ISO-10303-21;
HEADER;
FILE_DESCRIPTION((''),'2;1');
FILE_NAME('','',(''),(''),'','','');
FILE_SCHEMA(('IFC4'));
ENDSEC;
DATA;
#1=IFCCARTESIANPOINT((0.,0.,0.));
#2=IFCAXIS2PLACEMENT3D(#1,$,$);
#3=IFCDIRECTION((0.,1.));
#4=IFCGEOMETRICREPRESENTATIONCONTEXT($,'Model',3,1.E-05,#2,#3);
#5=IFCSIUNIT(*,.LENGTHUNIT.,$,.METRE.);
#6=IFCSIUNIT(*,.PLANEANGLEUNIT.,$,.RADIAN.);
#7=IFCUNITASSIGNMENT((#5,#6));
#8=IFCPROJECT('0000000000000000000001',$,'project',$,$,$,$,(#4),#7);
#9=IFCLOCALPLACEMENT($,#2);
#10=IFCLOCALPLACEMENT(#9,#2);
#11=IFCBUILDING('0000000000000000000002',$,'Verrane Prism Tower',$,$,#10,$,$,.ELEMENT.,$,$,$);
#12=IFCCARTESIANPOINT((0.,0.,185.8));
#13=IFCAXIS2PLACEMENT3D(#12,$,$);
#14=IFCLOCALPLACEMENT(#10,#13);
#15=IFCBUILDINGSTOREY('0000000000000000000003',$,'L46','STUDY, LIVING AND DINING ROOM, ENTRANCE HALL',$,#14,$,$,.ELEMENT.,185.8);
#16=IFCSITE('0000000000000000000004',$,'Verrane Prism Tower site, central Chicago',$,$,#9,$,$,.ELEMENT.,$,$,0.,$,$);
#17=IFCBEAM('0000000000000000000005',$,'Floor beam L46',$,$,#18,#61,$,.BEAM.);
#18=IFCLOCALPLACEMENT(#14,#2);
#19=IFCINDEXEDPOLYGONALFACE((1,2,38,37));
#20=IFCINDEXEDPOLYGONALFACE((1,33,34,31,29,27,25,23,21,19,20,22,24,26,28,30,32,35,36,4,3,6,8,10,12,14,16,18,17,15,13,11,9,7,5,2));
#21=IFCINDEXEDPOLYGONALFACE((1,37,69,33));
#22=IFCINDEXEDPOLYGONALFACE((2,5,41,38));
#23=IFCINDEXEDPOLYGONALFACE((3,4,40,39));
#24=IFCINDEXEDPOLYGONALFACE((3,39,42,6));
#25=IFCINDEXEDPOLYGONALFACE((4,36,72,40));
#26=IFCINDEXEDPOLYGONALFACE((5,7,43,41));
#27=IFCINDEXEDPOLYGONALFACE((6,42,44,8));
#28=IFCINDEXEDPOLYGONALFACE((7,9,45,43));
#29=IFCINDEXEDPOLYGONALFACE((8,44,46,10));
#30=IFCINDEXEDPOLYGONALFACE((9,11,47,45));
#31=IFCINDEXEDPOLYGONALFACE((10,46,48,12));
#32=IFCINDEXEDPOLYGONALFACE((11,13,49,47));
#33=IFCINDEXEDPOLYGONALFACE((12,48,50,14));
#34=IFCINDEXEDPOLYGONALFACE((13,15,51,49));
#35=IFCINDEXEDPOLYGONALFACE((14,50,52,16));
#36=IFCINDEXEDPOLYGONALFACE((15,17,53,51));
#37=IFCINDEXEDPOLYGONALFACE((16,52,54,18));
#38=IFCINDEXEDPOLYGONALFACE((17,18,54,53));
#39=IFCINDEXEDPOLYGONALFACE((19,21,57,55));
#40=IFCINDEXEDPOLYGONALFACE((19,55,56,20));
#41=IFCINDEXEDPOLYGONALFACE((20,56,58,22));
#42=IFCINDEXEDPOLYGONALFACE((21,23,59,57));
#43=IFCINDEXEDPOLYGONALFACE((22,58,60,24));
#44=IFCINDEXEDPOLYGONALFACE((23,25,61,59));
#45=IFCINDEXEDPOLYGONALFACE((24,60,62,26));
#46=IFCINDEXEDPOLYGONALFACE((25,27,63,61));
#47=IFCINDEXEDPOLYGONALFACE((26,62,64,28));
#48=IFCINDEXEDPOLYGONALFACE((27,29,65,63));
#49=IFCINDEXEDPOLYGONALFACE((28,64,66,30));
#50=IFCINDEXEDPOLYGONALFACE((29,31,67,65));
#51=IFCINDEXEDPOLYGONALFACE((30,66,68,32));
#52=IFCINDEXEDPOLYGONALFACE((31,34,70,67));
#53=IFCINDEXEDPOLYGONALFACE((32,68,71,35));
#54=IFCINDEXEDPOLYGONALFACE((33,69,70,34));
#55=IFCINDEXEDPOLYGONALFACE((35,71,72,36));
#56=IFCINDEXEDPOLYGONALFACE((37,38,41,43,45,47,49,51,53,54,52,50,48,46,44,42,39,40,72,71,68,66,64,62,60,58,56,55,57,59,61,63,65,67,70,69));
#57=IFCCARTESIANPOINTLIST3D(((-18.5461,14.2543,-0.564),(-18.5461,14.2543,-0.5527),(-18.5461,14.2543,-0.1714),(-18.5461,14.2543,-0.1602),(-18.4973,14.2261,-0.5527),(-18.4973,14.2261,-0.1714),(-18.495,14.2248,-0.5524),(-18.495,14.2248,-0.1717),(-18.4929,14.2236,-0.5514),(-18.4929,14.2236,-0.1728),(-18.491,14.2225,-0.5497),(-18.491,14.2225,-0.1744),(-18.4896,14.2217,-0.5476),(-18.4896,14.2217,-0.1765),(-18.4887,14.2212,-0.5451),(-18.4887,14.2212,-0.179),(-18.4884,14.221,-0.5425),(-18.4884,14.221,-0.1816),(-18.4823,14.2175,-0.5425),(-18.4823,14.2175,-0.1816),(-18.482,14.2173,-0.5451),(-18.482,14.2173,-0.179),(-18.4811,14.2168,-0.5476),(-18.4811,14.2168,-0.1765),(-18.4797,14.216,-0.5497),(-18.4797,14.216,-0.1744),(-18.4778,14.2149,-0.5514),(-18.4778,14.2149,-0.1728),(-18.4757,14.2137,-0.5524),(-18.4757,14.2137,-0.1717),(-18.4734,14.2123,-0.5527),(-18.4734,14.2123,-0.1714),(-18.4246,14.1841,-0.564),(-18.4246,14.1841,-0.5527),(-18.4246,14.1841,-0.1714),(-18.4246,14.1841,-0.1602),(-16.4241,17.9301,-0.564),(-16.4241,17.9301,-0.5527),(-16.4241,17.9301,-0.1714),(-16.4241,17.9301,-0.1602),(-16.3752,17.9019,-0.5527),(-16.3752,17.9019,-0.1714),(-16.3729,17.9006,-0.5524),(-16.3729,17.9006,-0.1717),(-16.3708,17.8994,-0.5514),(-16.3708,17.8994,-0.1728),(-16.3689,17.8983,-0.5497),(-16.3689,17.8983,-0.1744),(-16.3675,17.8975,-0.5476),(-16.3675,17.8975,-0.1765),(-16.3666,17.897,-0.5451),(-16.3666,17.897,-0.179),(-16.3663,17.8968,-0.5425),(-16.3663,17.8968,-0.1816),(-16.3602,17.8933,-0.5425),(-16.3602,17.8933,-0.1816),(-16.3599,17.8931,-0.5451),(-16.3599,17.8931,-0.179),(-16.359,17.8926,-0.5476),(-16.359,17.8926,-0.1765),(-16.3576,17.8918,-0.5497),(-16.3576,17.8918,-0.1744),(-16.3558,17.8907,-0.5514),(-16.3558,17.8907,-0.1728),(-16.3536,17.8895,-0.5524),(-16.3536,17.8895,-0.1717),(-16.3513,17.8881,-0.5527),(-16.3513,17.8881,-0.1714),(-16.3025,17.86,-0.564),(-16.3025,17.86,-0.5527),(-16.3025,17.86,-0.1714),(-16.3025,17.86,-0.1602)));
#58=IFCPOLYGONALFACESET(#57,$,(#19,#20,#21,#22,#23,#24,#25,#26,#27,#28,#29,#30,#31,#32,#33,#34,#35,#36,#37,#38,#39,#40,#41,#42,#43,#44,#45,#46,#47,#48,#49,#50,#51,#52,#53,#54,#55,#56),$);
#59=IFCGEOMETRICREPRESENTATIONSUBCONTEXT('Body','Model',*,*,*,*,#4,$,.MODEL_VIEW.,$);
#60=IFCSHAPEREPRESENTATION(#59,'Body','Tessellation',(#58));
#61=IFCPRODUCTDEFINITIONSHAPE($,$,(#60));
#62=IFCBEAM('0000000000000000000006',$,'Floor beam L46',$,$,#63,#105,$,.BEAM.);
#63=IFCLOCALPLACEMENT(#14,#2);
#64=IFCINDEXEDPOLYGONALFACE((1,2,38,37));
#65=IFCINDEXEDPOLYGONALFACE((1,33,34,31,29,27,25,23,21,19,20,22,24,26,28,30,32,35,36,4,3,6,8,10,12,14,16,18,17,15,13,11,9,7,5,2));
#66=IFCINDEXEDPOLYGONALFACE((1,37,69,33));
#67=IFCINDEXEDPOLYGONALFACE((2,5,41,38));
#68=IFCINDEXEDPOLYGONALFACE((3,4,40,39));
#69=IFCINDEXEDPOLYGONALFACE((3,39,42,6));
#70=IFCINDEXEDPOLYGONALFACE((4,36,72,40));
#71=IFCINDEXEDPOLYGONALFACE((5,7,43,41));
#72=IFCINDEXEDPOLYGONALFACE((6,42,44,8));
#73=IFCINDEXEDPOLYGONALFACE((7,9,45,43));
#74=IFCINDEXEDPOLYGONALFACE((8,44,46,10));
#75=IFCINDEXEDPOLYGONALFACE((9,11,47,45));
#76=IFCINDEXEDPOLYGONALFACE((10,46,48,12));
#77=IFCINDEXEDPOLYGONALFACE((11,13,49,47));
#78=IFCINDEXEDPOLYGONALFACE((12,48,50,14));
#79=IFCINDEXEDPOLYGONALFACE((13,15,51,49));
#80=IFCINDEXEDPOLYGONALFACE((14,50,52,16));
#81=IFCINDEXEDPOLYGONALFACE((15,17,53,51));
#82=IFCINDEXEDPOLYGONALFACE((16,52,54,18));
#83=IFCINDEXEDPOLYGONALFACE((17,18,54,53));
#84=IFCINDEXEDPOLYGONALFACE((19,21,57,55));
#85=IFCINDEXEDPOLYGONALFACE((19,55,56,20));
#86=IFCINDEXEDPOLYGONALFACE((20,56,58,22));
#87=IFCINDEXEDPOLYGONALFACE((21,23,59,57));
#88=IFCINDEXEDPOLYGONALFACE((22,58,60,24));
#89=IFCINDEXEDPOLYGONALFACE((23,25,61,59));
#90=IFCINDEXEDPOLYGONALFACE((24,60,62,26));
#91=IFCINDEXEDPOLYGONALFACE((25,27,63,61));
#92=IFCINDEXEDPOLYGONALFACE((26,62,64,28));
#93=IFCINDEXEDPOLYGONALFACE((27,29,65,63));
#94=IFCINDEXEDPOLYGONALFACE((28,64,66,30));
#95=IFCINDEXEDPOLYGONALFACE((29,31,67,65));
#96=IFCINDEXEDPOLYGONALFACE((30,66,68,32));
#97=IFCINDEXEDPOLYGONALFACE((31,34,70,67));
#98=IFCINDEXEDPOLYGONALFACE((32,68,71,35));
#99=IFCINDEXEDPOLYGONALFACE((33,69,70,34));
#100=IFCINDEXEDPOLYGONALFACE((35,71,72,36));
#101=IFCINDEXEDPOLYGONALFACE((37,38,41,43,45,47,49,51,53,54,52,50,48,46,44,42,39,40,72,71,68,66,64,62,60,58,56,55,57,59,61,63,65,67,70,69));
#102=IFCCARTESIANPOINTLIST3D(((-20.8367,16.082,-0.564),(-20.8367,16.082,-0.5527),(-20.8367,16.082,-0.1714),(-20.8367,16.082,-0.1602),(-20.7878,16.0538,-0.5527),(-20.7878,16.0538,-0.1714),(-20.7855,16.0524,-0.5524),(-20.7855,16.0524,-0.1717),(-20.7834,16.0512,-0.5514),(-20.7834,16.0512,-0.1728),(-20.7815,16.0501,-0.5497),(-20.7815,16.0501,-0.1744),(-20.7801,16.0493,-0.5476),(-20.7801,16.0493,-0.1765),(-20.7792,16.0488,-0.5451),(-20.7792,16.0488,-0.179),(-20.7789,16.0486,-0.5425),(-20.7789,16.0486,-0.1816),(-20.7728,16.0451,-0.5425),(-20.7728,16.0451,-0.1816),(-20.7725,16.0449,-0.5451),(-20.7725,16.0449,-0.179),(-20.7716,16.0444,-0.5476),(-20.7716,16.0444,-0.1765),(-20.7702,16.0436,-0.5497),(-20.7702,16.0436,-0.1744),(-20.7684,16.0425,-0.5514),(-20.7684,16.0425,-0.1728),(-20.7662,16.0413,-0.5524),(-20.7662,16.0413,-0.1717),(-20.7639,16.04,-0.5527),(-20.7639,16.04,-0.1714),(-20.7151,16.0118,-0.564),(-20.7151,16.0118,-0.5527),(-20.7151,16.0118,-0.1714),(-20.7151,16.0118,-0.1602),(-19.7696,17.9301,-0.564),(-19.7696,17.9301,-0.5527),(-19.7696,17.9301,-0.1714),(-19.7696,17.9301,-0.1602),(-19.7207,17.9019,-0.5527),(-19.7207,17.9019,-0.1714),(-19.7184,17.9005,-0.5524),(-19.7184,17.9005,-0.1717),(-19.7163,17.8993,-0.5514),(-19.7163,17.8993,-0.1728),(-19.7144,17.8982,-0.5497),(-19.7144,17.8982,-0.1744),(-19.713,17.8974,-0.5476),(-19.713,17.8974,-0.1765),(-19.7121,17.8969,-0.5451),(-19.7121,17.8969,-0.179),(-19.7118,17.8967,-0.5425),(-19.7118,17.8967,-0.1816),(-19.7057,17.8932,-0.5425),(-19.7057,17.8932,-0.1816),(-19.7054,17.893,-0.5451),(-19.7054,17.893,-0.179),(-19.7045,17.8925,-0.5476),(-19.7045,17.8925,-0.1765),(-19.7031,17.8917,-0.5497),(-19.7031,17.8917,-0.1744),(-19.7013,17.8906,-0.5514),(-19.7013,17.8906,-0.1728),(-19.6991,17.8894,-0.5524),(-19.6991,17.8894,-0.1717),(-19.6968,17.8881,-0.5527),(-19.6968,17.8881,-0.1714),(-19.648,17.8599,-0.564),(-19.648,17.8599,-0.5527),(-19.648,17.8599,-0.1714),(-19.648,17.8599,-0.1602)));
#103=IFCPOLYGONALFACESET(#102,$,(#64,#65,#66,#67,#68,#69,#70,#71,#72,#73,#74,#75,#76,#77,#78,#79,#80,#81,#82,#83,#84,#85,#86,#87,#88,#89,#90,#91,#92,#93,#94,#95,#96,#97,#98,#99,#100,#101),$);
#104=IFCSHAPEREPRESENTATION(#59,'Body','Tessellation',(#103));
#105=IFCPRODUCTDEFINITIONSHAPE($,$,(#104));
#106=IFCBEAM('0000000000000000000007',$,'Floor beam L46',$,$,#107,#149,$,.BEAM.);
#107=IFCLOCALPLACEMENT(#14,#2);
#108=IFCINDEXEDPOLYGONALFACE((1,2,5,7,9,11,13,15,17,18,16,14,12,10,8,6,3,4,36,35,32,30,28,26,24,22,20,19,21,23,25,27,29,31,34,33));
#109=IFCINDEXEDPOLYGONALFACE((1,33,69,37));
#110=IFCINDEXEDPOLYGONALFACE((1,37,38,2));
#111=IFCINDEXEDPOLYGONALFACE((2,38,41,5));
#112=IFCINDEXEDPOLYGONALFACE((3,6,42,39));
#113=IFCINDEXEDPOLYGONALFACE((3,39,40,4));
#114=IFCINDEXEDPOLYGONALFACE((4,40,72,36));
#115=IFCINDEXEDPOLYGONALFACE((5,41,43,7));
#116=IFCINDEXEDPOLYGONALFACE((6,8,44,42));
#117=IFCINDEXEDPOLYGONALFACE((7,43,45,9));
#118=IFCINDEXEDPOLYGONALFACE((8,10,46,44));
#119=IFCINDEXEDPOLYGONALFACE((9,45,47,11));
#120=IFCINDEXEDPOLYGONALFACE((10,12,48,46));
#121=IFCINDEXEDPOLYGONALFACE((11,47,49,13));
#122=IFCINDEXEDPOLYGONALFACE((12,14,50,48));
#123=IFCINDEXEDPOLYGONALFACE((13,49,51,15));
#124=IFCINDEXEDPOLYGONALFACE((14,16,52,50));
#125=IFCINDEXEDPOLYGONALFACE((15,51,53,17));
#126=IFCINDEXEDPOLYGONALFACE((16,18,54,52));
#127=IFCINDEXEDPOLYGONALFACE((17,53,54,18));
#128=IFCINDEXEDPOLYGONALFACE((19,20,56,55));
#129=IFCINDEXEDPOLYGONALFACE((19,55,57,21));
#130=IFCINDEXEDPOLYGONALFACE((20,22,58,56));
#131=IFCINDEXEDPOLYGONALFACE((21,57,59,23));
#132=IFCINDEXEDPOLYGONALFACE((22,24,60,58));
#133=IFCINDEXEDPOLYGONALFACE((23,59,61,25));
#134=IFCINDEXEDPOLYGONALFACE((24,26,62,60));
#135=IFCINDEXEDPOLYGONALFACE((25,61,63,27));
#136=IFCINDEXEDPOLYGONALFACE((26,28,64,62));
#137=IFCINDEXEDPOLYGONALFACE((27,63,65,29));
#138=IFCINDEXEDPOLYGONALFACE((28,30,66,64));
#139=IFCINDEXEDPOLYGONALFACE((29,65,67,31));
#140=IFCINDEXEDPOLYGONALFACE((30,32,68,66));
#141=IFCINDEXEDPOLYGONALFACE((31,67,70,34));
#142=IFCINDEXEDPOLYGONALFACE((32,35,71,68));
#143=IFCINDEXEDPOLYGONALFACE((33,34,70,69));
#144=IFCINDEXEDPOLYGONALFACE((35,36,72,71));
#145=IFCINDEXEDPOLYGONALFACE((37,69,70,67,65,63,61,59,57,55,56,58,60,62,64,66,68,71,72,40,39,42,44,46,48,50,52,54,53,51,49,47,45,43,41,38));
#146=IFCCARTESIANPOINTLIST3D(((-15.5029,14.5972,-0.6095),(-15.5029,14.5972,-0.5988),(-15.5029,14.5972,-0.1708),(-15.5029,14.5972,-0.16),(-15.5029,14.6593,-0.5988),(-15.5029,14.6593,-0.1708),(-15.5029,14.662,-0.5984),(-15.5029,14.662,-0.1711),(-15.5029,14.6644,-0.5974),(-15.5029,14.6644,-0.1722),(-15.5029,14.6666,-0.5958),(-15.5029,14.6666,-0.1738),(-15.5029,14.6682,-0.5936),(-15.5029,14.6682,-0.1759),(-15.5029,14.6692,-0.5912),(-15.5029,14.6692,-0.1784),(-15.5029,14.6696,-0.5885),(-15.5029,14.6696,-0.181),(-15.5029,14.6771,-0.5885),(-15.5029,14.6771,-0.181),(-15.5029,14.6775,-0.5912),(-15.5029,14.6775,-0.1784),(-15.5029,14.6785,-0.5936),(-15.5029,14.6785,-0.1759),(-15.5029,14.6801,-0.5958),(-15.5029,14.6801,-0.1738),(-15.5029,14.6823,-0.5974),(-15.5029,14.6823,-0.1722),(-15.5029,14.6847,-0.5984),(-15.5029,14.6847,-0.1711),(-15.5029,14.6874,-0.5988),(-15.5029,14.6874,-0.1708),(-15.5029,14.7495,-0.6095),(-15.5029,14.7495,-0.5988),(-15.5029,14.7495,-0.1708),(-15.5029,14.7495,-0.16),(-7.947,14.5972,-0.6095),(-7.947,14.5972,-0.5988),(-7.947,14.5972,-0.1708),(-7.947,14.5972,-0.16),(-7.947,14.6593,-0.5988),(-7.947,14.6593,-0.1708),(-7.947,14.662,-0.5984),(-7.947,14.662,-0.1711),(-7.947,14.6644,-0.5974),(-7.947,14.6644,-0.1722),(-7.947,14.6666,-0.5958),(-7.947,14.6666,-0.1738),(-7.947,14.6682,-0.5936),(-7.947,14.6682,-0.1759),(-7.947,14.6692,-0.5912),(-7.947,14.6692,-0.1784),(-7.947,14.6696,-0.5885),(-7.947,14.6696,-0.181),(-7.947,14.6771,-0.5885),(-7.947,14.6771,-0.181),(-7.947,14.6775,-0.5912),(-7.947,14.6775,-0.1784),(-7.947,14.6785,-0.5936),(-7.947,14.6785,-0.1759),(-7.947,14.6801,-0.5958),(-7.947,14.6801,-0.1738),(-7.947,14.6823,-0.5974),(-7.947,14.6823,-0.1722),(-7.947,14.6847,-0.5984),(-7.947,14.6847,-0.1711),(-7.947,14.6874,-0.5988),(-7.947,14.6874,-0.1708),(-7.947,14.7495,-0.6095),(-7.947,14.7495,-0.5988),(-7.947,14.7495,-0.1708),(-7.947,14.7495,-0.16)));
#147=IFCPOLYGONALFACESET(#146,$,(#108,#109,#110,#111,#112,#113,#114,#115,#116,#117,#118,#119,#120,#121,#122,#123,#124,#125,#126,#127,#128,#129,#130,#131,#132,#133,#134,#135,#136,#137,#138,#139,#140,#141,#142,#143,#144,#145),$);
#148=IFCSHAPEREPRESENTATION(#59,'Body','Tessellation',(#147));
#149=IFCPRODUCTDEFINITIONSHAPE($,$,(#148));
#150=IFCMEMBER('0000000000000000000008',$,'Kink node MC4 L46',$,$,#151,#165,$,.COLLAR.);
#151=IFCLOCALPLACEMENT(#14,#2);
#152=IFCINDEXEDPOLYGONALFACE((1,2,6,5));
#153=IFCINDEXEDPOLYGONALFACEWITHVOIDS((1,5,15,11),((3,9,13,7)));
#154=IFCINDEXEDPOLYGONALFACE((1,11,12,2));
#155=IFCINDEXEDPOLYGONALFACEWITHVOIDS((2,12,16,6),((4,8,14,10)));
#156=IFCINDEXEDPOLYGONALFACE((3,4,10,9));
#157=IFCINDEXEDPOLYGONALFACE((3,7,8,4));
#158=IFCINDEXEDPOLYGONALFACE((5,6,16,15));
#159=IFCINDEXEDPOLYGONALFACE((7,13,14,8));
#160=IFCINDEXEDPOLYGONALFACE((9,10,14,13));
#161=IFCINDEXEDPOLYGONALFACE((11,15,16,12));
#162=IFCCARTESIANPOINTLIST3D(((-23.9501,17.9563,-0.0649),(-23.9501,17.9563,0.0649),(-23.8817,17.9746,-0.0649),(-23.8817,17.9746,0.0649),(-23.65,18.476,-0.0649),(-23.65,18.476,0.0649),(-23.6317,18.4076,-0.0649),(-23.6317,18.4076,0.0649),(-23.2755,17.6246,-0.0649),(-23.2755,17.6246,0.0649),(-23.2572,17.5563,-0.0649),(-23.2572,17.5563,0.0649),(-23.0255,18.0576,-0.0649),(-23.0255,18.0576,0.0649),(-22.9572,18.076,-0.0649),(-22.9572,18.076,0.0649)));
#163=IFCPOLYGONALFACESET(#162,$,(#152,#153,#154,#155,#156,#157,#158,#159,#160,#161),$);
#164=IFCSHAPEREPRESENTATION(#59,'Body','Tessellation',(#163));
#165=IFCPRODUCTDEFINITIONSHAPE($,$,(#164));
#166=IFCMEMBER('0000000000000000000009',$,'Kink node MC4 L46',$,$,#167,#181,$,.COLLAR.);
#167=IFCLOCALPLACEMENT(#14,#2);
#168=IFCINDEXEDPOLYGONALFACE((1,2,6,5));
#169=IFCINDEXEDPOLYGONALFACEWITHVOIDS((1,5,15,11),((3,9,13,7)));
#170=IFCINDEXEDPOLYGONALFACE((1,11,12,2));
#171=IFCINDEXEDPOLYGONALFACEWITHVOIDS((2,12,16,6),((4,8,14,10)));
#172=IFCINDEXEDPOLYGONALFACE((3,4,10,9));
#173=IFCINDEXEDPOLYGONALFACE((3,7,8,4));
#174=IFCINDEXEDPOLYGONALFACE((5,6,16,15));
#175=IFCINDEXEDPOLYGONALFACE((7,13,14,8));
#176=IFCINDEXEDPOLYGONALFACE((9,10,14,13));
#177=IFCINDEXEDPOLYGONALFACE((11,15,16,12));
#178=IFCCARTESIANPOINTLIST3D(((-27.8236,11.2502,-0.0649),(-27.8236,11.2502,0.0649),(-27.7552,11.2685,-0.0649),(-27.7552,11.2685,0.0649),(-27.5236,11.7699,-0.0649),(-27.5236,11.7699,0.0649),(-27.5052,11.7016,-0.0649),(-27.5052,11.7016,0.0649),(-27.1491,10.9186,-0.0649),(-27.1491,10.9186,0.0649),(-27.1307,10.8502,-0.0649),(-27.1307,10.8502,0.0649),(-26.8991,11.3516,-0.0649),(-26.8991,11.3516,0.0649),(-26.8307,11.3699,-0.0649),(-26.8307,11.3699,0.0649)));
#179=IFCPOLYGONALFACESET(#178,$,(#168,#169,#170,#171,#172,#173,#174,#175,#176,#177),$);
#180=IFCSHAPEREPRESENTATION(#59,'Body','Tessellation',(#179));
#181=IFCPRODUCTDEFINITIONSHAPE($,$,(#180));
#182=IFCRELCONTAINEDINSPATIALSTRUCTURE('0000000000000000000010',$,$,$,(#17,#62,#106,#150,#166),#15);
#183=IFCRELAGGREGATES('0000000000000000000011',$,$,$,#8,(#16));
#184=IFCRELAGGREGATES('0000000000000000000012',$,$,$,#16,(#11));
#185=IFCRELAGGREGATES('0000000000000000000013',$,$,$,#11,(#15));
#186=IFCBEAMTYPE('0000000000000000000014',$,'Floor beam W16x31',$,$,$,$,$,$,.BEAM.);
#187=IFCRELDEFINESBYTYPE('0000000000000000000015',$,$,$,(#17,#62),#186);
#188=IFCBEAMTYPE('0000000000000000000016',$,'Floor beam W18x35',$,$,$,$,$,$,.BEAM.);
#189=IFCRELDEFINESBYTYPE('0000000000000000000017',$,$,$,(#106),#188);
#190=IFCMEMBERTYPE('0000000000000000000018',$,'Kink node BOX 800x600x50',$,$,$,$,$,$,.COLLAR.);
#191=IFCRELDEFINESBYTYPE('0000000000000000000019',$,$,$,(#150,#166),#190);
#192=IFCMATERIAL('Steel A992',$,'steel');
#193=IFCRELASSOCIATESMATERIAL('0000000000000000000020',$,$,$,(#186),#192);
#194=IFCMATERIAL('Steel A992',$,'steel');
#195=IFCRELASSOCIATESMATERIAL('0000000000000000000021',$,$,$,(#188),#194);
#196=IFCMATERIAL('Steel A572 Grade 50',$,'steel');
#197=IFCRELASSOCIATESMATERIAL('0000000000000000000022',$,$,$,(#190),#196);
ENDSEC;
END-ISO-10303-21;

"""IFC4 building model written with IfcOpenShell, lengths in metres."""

from ifc_helpers import new_model, si_unit, direction, frame, origin, origin_2d, place, context, subcontext, project, spatial, hollow_rectangle, i_section, extrude, material, material_profile, profile_set, type_object, element, save


model = new_model("IFC4")

# Units and contexts
model_context = context("Model", 3, precision=1e-05, world=origin(), true_north=direction((0.0, 1.0)))
body_context = subcontext(model_context, "Body", "Model", "MODEL_VIEW")
ifc_project = project(units=[si_unit("LENGTHUNIT", "METRE"), si_unit("PLANEANGLEUNIT", "RADIAN")], contexts=[model_context])

# Site, building, storey
site_placement = place(None, origin())
site = spatial("IfcSite", under=ifc_project, at=site_placement, Name="Verrane Prism Tower site, central Chicago", CompositionType="ELEMENT", RefElevation=0.0)
building_placement = place(site_placement, origin())
building = spatial("IfcBuilding", under=site, at=building_placement, Name="Verrane Prism Tower", CompositionType="ELEMENT")
storey_placement = place(building_placement, frame((0.0, 0.0, 185.8)))
storey = spatial("IfcBuildingStorey", under=building, at=storey_placement, Name="L46", Description="STUDY, LIVING AND DINING ROOM, ENTRANCE HALL", CompositionType="ELEMENT", Elevation=185.8)

# Beams
ifc_material_1 = material(Name="Steel A992", Category="steel")
ifc_material_profile_1 = material_profile(ifc_material_1, i_section(OverallWidth=0.1404, OverallDepth=0.4038, WebThickness=0.0071, FlangeThickness=0.0112, FilletRadius=0.0103, at=origin_2d()), Name="W16x31")
ifc_profile_set_1 = profile_set([ifc_material_profile_1], Name="Steel A992")
beam_type_1 = type_object("IfcBeamType", Name="Floor beam W16x31", PredefinedType="BEAM", material=ifc_profile_set_1)
beam_1_placement = place(storey_placement, frame((-18.4854, 14.2192, -0.3621), z_axis=(0.499975, 0.86604, 0.0), x_axis=(-0.86604, 0.499975, 0.0)))
element("IfcBeam", 1, at=beam_1_placement, inside=storey, type_object=beam_type_1, Name="Floor beam L46", PredefinedType="BEAM", context=body_context, shape_type="SweptSolid", body=[
    extrude(i_section(OverallWidth=0.1404, OverallDepth=0.4038, WebThickness=0.0071, FlangeThickness=0.0112, FilletRadius=0.0103, at=origin_2d()), origin(), (0.0, 0.0, 1.0), 4.2444),
])
beam_2_placement = place(storey_placement, frame((-20.7759, 16.0469, -0.3621), z_axis=(0.500039, 0.866003, 0.0), x_axis=(-0.866003, 0.500039, 0.0)))
element("IfcBeam", 2, at=beam_2_placement, inside=storey, type_object=beam_type_1, Name="Floor beam L46", PredefinedType="BEAM", context=body_context, shape_type="SweptSolid", body=[
    extrude(i_section(OverallWidth=0.1404, OverallDepth=0.4038, WebThickness=0.0071, FlangeThickness=0.0112, FilletRadius=0.0103, at=origin_2d()), origin(), (0.0, 0.0, 1.0), 2.134),
])
ifc_material_2 = material(Name="Steel A992", Category="steel")
ifc_material_profile_2 = material_profile(ifc_material_2, i_section(OverallWidth=0.1523, OverallDepth=0.4495, WebThickness=0.0076, FlangeThickness=0.0107, FilletRadius=0.0103, at=origin_2d()), Name="W18x35")
ifc_profile_set_2 = profile_set([ifc_material_profile_2], Name="Steel A992")
beam_type_2 = type_object("IfcBeamType", Name="Floor beam W18x35", PredefinedType="BEAM", material=ifc_profile_set_2)
beam_3_placement = place(storey_placement, frame((-15.5029, 14.6733, -0.3848), z_axis=(1.0, 0.0, 0.0), x_axis=(0.0, 1.0, 0.0)))
element("IfcBeam", 3, at=beam_3_placement, inside=storey, type_object=beam_type_2, Name="Floor beam L46", PredefinedType="BEAM", context=body_context, shape_type="SweptSolid", body=[
    extrude(i_section(OverallWidth=0.1523, OverallDepth=0.4495, WebThickness=0.0076, FlangeThickness=0.0107, FilletRadius=0.0103, at=origin_2d()), origin(), (0.0, 0.0, 1.0), 7.5559),
])

# Members
ifc_material_3 = material(Name="Steel A572 Grade 50", Category="steel")
ifc_material_profile_3 = material_profile(ifc_material_3, hollow_rectangle(XDim=0.6001, YDim=0.8, WallThickness=0.05, at=origin_2d()), Name="BOX 800x600x50")
ifc_profile_set_3 = profile_set([ifc_material_profile_3], Name="Steel A572 Grade 50")
member_type_1 = type_object("IfcMemberType", Name="Kink node BOX 800x600x50", PredefinedType="COLLAR", material=ifc_profile_set_3)
for number, where, z_axis, x_axis, name in (
    (4, (-23.4536, 18.0161, -0.0649), (0.0, 0.0, 1.0), (0.5, 0.866025, 0.0), "Kink node MC4 L46"),
    (5, (-27.3271, 11.3101, -0.0649), (0.0, 0.0, 1.0), (0.5, 0.866025, 0.0), "Kink node MC4 L46"),
):
    element("IfcMember", number, at=place(storey_placement, frame(where, z_axis=z_axis, x_axis=x_axis)), inside=storey, type_object=member_type_1, Name=name, PredefinedType="COLLAR", context=body_context, shape_type="SweptSolid", body=[
        extrude(hollow_rectangle(XDim=0.6001, YDim=0.8, WallThickness=0.05, at=origin_2d()), origin(), (0.0, 0.0, 1.0), 0.1299),
    ])

save(model, "model.ifc")
